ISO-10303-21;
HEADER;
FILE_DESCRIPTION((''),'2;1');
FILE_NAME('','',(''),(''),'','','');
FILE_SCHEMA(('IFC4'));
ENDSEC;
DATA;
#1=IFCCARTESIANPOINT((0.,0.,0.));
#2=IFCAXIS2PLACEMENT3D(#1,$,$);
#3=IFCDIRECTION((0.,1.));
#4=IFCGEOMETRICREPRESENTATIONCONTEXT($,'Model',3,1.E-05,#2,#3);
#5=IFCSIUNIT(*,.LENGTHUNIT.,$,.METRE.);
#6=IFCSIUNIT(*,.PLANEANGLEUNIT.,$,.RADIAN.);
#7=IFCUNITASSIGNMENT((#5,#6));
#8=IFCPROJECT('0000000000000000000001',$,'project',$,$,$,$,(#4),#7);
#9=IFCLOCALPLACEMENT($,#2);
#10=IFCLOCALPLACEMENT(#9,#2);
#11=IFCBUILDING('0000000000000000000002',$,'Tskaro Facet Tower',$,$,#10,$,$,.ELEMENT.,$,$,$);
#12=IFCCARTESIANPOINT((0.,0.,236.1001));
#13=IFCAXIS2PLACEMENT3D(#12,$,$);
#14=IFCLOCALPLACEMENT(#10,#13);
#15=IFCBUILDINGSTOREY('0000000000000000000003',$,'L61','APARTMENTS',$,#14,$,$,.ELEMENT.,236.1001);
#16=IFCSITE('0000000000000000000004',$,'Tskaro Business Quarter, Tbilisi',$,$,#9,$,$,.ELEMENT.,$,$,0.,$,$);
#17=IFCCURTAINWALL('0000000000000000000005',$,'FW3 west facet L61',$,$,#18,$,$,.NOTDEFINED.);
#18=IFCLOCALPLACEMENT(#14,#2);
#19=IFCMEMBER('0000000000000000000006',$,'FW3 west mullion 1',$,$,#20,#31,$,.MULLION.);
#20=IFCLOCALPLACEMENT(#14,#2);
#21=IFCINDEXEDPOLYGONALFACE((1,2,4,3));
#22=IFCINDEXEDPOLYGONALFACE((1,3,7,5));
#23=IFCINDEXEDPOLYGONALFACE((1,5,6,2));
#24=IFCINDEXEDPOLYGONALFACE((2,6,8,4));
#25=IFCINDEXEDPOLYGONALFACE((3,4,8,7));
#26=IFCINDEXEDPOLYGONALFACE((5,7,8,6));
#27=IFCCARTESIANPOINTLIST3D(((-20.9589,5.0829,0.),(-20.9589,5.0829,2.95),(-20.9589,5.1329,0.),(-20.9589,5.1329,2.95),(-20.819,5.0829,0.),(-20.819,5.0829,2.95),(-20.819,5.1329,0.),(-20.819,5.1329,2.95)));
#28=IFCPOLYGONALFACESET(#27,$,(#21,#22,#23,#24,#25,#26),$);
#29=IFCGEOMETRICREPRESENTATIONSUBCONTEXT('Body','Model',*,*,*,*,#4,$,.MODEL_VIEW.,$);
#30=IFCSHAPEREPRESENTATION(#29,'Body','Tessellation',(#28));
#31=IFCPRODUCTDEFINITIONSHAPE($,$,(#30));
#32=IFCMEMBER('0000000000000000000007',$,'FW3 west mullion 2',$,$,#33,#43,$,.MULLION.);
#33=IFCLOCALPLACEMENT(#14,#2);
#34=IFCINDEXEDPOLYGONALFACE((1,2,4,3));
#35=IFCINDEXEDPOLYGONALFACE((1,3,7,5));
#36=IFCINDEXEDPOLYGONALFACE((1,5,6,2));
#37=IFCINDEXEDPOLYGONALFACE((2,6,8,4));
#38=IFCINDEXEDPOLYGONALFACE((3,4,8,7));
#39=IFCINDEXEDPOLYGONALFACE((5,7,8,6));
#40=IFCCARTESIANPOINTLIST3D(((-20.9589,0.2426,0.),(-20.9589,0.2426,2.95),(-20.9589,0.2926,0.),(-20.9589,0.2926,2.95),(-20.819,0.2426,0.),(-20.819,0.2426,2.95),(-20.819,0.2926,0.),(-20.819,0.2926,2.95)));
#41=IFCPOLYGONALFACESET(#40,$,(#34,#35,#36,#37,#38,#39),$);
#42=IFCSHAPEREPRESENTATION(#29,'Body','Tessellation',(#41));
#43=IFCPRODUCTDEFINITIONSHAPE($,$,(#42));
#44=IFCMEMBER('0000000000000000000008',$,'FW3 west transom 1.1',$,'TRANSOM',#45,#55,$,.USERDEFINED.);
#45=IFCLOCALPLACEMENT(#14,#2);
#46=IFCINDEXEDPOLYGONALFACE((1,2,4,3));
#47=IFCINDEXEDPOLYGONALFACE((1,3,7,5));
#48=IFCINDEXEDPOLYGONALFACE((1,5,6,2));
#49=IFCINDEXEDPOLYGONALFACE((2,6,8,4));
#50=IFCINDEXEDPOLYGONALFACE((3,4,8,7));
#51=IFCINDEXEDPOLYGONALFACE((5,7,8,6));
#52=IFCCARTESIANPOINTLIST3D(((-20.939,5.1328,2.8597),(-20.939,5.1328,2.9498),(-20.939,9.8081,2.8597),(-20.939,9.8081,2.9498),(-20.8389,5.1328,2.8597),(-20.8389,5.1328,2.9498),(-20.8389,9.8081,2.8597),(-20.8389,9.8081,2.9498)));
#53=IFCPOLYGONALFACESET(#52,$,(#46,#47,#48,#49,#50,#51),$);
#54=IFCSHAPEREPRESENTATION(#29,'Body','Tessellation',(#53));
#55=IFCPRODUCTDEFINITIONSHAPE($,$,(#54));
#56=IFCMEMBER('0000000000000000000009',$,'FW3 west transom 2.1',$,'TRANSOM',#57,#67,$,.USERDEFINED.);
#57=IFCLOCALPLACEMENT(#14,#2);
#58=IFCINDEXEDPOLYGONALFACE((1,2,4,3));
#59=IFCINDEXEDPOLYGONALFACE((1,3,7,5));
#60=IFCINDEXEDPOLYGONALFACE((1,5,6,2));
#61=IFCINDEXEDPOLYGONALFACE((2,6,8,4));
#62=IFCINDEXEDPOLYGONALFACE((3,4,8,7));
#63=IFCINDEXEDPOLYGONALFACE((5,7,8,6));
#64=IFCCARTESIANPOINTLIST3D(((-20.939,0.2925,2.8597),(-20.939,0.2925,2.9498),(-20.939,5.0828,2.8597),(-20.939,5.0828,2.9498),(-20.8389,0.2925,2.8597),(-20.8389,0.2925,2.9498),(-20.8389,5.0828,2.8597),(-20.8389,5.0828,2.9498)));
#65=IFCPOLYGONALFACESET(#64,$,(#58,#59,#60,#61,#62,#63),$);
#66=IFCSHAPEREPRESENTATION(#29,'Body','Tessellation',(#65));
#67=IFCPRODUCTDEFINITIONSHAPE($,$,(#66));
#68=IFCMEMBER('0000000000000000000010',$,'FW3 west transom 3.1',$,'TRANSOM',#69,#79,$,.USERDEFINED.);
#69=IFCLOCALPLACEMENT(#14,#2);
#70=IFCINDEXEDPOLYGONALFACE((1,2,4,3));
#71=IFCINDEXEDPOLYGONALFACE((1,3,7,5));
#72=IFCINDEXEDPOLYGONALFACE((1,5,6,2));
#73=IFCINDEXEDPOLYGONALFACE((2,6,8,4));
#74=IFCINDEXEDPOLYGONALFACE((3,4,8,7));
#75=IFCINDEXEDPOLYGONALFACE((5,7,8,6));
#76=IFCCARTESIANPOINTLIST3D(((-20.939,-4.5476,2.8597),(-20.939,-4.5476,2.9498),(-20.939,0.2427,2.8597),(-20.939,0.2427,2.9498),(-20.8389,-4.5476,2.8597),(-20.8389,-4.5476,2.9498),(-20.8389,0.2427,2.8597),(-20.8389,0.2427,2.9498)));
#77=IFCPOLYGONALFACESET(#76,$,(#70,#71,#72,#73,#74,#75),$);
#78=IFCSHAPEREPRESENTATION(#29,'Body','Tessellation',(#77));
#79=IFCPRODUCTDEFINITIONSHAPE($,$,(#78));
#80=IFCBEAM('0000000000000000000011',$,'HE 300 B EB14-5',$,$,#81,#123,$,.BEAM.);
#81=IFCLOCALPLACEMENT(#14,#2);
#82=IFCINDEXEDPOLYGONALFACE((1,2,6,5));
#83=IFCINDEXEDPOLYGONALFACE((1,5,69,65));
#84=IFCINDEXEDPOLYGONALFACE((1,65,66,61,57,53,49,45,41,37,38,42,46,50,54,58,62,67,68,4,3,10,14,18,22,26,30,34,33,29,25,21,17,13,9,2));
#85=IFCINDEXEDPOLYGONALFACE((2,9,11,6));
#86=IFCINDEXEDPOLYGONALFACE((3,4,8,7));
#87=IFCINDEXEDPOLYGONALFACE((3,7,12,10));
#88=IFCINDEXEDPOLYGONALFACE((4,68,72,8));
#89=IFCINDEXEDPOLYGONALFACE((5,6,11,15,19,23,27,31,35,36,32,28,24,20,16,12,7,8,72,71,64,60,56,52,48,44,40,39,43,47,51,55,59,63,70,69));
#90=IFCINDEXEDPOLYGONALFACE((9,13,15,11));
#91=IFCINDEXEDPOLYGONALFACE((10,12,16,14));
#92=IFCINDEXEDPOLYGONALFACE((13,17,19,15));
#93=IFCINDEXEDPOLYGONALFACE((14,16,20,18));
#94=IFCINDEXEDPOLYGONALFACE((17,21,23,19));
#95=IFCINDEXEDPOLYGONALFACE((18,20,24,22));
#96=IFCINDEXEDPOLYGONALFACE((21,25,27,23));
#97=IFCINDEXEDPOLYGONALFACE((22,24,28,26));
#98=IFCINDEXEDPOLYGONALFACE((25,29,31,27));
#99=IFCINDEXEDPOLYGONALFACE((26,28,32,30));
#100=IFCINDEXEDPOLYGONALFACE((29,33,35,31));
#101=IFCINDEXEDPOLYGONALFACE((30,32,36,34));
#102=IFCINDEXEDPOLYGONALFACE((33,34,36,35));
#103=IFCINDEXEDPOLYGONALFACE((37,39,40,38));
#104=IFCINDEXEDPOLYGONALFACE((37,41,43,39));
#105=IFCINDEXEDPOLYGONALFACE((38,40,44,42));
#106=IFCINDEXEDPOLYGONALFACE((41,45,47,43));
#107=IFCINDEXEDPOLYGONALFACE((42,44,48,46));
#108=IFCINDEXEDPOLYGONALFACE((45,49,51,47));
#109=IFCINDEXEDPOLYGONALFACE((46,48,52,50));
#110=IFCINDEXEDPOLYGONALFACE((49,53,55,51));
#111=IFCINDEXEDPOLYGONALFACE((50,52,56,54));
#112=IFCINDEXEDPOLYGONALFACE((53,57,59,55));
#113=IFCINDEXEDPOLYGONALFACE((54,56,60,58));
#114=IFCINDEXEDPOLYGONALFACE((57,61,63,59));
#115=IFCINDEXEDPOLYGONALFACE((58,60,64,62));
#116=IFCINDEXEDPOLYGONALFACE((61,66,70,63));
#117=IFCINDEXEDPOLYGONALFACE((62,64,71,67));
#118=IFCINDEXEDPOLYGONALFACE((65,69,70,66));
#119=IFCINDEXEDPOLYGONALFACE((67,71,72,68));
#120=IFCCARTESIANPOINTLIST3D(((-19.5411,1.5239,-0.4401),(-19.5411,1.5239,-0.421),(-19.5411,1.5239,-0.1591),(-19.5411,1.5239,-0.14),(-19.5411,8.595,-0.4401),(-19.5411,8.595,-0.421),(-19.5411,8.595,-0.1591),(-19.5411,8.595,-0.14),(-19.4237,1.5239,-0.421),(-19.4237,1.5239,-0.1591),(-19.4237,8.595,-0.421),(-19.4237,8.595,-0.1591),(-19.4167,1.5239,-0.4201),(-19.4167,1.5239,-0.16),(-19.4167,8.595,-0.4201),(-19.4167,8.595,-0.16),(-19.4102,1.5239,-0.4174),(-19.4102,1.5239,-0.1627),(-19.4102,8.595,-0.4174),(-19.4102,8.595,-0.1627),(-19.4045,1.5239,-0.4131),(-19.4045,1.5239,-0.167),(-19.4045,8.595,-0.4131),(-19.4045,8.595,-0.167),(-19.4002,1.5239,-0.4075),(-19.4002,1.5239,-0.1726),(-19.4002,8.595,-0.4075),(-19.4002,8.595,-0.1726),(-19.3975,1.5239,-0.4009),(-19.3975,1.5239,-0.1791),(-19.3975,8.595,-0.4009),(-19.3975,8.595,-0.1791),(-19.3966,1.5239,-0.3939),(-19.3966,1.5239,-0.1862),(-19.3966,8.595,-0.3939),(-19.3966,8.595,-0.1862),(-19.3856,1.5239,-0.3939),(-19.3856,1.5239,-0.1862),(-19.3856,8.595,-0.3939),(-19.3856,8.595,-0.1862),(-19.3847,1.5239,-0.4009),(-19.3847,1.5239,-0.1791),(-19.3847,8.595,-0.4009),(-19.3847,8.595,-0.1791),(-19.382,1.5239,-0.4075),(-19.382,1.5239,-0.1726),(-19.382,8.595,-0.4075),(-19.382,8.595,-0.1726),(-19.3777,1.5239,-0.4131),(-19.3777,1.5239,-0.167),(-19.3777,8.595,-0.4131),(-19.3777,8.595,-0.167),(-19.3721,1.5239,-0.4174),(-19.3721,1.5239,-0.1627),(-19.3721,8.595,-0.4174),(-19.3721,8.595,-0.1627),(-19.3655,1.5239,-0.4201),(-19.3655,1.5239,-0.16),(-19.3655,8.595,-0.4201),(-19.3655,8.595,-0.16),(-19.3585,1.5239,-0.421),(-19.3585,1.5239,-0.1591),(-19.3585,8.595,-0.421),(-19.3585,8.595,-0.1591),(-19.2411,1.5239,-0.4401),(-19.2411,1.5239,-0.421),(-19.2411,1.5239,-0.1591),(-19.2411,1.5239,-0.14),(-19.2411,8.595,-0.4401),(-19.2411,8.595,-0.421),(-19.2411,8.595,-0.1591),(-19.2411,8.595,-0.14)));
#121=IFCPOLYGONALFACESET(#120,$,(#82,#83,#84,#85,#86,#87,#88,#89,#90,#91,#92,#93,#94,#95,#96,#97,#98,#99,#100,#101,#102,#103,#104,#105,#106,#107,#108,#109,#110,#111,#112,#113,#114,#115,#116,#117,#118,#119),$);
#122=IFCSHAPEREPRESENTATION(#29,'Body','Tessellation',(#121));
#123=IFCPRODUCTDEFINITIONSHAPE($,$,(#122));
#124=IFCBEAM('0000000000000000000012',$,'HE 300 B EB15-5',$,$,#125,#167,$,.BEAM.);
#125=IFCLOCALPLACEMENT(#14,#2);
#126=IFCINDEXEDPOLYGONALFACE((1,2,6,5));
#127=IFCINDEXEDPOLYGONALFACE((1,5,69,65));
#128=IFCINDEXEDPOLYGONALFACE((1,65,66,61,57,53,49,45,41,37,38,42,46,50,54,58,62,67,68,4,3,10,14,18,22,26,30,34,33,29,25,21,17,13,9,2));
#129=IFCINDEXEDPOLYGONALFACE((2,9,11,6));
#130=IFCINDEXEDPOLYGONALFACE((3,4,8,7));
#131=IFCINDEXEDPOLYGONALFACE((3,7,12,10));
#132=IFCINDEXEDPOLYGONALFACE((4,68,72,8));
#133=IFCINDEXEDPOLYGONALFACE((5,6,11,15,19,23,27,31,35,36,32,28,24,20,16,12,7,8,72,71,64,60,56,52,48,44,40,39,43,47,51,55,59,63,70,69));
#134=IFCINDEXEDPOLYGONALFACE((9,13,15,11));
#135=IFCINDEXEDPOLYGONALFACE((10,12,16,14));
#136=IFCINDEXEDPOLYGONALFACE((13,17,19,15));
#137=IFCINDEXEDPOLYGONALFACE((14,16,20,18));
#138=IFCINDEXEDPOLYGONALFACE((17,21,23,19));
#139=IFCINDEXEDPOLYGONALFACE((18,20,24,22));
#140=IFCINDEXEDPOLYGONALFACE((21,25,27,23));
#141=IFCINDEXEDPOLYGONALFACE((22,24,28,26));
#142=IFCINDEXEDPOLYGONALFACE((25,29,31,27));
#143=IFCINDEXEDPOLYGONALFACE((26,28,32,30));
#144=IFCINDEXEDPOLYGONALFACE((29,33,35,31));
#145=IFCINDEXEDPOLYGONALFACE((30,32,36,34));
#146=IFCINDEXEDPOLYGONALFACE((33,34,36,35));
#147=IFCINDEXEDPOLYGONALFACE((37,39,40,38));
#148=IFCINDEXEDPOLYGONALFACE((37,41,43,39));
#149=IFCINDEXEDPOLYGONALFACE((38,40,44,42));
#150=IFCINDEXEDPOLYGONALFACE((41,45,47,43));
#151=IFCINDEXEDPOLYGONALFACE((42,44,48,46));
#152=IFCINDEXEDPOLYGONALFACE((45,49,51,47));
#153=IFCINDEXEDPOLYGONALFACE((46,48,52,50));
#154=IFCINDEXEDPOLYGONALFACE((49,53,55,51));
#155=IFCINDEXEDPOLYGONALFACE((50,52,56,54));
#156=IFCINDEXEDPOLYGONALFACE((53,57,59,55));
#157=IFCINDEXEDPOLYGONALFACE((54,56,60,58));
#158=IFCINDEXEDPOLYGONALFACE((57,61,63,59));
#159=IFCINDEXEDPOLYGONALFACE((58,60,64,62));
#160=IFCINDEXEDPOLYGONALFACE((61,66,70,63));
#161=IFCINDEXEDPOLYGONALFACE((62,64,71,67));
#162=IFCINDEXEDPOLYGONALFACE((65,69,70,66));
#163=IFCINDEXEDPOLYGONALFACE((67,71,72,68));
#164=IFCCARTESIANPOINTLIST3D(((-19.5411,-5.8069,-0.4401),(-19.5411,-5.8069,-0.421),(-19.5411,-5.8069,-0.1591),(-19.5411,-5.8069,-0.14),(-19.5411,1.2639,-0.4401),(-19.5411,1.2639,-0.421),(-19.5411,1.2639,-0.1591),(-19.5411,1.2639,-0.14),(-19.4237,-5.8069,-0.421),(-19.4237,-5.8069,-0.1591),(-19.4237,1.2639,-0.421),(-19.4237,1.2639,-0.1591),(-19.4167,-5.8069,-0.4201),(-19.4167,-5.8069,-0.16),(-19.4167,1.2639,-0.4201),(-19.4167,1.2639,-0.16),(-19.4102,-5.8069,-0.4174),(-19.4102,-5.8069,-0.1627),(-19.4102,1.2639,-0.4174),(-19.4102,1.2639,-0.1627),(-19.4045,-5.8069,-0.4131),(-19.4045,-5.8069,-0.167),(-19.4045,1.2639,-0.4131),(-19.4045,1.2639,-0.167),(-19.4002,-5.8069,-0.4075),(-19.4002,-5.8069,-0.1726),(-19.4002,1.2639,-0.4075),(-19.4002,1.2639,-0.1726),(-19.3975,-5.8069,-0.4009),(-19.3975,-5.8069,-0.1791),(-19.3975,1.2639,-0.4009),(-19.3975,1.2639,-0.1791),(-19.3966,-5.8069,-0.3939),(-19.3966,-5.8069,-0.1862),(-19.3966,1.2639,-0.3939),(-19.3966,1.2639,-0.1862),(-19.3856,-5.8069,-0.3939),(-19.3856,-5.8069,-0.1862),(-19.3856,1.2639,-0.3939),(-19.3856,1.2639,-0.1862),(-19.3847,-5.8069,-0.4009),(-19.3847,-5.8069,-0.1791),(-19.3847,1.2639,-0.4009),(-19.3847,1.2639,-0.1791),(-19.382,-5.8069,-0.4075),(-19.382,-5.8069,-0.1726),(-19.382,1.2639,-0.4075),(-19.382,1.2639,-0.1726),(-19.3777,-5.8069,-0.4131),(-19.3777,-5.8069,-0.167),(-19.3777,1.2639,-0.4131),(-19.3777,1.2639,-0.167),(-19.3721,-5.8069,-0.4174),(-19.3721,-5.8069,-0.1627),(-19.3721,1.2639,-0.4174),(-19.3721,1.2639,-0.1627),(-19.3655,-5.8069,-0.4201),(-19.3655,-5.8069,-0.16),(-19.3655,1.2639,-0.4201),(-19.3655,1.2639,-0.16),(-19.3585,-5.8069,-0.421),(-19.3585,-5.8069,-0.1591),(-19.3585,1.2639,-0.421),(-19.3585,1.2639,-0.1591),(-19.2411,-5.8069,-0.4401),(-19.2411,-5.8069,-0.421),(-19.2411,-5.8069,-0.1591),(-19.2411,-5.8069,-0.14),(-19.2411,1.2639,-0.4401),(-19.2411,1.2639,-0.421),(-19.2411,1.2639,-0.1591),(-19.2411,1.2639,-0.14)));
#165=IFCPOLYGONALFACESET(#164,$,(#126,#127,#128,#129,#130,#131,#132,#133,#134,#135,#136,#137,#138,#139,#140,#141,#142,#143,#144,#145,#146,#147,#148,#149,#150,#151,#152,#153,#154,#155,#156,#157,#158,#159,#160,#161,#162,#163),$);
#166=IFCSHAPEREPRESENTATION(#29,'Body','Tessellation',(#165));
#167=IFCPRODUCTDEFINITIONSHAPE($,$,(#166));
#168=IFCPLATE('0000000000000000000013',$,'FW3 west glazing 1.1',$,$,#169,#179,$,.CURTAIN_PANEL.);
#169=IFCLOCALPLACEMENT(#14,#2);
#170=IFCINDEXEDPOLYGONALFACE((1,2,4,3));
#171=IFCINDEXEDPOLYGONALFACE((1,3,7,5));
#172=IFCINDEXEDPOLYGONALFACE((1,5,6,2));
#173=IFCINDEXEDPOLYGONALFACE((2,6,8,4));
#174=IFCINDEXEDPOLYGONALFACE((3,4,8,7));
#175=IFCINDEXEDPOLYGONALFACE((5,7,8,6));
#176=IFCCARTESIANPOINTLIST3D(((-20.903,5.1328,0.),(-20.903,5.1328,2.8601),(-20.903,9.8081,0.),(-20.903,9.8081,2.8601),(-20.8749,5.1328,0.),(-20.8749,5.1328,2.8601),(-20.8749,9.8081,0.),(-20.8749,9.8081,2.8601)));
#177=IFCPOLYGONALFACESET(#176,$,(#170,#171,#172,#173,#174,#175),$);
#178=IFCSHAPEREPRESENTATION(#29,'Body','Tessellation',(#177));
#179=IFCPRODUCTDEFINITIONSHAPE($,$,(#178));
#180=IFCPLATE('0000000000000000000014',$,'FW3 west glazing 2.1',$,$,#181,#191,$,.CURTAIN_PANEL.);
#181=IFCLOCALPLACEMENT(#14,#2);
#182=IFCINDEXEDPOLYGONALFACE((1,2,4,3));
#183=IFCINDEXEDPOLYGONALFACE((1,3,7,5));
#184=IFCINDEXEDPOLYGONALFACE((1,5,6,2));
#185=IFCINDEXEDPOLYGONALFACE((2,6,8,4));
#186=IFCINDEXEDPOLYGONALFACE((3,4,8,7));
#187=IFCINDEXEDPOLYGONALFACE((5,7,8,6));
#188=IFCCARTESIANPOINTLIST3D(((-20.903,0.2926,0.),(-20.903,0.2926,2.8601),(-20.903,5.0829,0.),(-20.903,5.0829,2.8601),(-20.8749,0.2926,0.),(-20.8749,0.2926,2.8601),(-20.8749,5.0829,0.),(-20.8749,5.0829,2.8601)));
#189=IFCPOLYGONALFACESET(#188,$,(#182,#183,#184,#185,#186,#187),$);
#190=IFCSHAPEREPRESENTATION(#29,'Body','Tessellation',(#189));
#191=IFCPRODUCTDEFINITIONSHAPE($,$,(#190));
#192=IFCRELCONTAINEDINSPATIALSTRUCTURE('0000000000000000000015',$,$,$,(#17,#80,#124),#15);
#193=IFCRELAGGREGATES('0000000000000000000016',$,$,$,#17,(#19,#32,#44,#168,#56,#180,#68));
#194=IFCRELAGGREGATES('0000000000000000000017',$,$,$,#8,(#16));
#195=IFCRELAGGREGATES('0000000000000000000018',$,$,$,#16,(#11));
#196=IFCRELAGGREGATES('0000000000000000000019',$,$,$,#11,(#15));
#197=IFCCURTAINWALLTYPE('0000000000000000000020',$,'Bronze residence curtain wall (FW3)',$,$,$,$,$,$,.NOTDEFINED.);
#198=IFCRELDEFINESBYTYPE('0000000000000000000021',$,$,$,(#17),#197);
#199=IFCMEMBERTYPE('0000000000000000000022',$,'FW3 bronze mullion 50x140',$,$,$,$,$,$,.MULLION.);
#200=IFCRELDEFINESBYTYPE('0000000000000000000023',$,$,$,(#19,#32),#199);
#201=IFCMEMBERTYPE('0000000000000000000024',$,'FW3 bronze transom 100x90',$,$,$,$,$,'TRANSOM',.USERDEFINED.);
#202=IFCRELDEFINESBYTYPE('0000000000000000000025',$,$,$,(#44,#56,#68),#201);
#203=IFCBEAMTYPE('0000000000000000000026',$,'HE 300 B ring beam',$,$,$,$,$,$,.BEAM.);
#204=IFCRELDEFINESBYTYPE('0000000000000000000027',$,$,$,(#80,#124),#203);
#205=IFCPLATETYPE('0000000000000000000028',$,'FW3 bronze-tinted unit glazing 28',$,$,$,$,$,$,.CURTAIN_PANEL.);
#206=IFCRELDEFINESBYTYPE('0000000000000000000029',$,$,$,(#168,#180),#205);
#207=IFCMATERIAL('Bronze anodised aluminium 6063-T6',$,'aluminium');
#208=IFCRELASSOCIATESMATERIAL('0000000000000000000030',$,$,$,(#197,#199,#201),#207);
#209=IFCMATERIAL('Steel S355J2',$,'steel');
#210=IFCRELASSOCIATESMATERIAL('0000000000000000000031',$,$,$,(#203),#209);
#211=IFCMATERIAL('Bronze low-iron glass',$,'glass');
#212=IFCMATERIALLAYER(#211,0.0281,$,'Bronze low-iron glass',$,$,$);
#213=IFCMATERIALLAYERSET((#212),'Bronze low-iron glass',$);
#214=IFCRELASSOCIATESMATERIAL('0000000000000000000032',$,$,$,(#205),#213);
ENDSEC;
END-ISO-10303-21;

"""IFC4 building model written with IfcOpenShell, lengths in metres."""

from ifc_helpers import new_model, si_unit, direction, frame, origin, origin_2d, place, context, subcontext, project, spatial, rectangle, i_section, extrude, material, layer, layer_set, material_profile, profile_set, type_object, element, aggregate, save


model = new_model("IFC4")

# Units and contexts
model_context = context("Model", 3, precision=1e-05, world=origin(), true_north=direction((0.0, 1.0)))
body_context = subcontext(model_context, "Body", "Model", "MODEL_VIEW")
ifc_project = project(units=[si_unit("LENGTHUNIT", "METRE"), si_unit("PLANEANGLEUNIT", "RADIAN")], contexts=[model_context])

# Site, building, storey
site_placement = place(None, origin())
site = spatial("IfcSite", under=ifc_project, at=site_placement, Name="Tskaro Business Quarter, Tbilisi", CompositionType="ELEMENT", RefElevation=0.0)
building_placement = place(site_placement, origin())
building = spatial("IfcBuilding", under=site, at=building_placement, Name="Tskaro Facet Tower", CompositionType="ELEMENT")
storey_placement = place(building_placement, frame((0.0, 0.0, 236.1001)))
storey = spatial("IfcBuildingStorey", under=building, at=storey_placement, Name="L61", Description="APARTMENTS", CompositionType="ELEMENT", Elevation=236.1001)

# Curtain wall, members
ifc_material_1 = material(Name="Bronze anodised aluminium 6063-T6", Category="aluminium")
curtain_wall_type = type_object("IfcCurtainWallType", Name="Bronze residence curtain wall (FW3)", PredefinedType="NOTDEFINED", material=ifc_material_1)
curtain_wall_placement = place(storey_placement, origin())
curtain_wall = element("IfcCurtainWall", 1, at=curtain_wall_placement, inside=storey, type_object=curtain_wall_type, Name="FW3 west facet L61", PredefinedType="NOTDEFINED")
ifc_material_profile_1 = material_profile(ifc_material_1, rectangle(XDim=0.05, YDim=0.1399, at=origin_2d()), Name="Mullion 50x140")
ifc_profile_set_1 = profile_set([ifc_material_profile_1], Name="Bronze anodised aluminium 6063-T6")
member_type_1 = type_object("IfcMemberType", Name="FW3 bronze mullion 50x140", PredefinedType="MULLION", material=ifc_profile_set_1)
member_1_placement = place(storey_placement, frame((-20.8889, 5.1079, 0.0), z_axis=(0.0, 0.0, 1.0), x_axis=(0.0, -1.0, 0.0)))
member_1 = element("IfcMember", 2, at=member_1_placement, type_object=member_type_1, Name="FW3 west mullion 1", PredefinedType="MULLION", context=body_context, shape_type="SweptSolid", body=[
    extrude(rectangle(XDim=0.05, YDim=0.1399, at=origin_2d()), origin(), (0.0, 0.0, 1.0), 2.95),
])
member_2_placement = place(storey_placement, frame((-20.8889, 0.2676, 0.0), z_axis=(0.0, 0.0, 1.0), x_axis=(0.0, -1.0, 0.0)))
member_2 = element("IfcMember", 3, at=member_2_placement, type_object=member_type_1, Name="FW3 west mullion 2", PredefinedType="MULLION", context=body_context, shape_type="SweptSolid", body=[
    extrude(rectangle(XDim=0.05, YDim=0.1399, at=origin_2d()), origin(), (0.0, 0.0, 1.0), 2.95),
])
ifc_material_profile_2 = material_profile(ifc_material_1, rectangle(XDim=0.1001, YDim=0.0901, at=origin_2d()), Name="Transom 100x90")
ifc_profile_set_2 = profile_set([ifc_material_profile_2], Name="Bronze anodised aluminium 6063-T6")
member_type_2 = type_object("IfcMemberType", Name="FW3 bronze transom 100x90", ElementType="TRANSOM", PredefinedType="USERDEFINED", material=ifc_profile_set_2)
member_3_placement = place(storey_placement, frame((-20.8889, 9.8081, 2.9048), z_axis=(0.0, -1.0, 0.0), x_axis=(1.0, 0.0, 0.0)))
member_3 = element("IfcMember", 4, at=member_3_placement, type_object=member_type_2, Name="FW3 west transom 1.1", ObjectType="TRANSOM", PredefinedType="USERDEFINED", context=body_context, shape_type="SweptSolid", body=[
    extrude(rectangle(XDim=0.1001, YDim=0.0901, at=origin_2d()), origin(), (0.0, 0.0, 1.0), 4.6753),
])
member_4_placement = place(storey_placement, frame((-20.8889, 5.0828, 2.9048), z_axis=(0.0, -1.0, 0.0), x_axis=(1.0, 0.0, 0.0)))
member_4 = element("IfcMember", 5, at=member_4_placement, type_object=member_type_2, Name="FW3 west transom 2.1", ObjectType="TRANSOM", PredefinedType="USERDEFINED", context=body_context, shape_type="SweptSolid", body=[
    extrude(rectangle(XDim=0.1001, YDim=0.0901, at=origin_2d()), origin(), (0.0, 0.0, 1.0), 4.7903),
])
member_5_placement = place(storey_placement, frame((-20.8889, 0.2427, 2.9048), z_axis=(0.0, -1.0, 0.0), x_axis=(1.0, 0.0, 0.0)))
member_5 = element("IfcMember", 6, at=member_5_placement, type_object=member_type_2, Name="FW3 west transom 3.1", ObjectType="TRANSOM", PredefinedType="USERDEFINED", context=body_context, shape_type="SweptSolid", body=[
    extrude(rectangle(XDim=0.1001, YDim=0.0901, at=origin_2d()), origin(), (0.0, 0.0, 1.0), 4.7903),
])

# Beams
ifc_material_2 = material(Name="Steel S355J2", Category="steel")
ifc_material_profile_3 = material_profile(ifc_material_2, i_section(OverallWidth=0.3, OverallDepth=0.3, WebThickness=0.011, FlangeThickness=0.019, FilletRadius=0.0271, at=origin_2d()), Name="HE 300 B")
ifc_profile_set_3 = profile_set([ifc_material_profile_3], Name="Steel S355J2")
beam_type = type_object("IfcBeamType", Name="HE 300 B ring beam", PredefinedType="BEAM", material=ifc_profile_set_3)
beam_1_placement = place(storey_placement, frame((-19.3911, 8.595, -0.29), z_axis=(0.0, -1.0, 0.0), x_axis=(1.0, 0.0, 0.0)))
element("IfcBeam", 7, at=beam_1_placement, inside=storey, type_object=beam_type, Name="HE 300 B EB14-5", PredefinedType="BEAM", context=body_context, shape_type="SweptSolid", body=[
    extrude(i_section(OverallWidth=0.3, OverallDepth=0.3, WebThickness=0.011, FlangeThickness=0.019, FilletRadius=0.0271, at=origin_2d()), origin(), (0.0, 0.0, 1.0), 7.071),
])
beam_2_placement = place(storey_placement, frame((-19.3911, 1.2639, -0.29), z_axis=(0.0, -1.0, 0.0), x_axis=(1.0, 0.0, 0.0)))
element("IfcBeam", 8, at=beam_2_placement, inside=storey, type_object=beam_type, Name="HE 300 B EB15-5", PredefinedType="BEAM", context=body_context, shape_type="SweptSolid", body=[
    extrude(i_section(OverallWidth=0.3, OverallDepth=0.3, WebThickness=0.011, FlangeThickness=0.019, FilletRadius=0.0271, at=origin_2d()), origin(), (0.0, 0.0, 1.0), 7.0708),
])

# Plates
ifc_material_3 = material(Name="Bronze low-iron glass", Category="glass")
ifc_layer_1 = layer(ifc_material_3, 0.0281, Name="Bronze low-iron glass")
ifc_layer_set_1 = layer_set([ifc_layer_1], Name="Bronze low-iron glass")
plate_type = type_object("IfcPlateType", Name="FW3 bronze-tinted unit glazing 28", PredefinedType="CURTAIN_PANEL", material=ifc_layer_set_1)
plate_1_placement = place(storey_placement, frame((-20.8889, 7.4705, 0.0), z_axis=(0.0, 0.0, 1.0), x_axis=(0.0, -1.0, 0.0)))
plate_1 = element("IfcPlate", 9, at=plate_1_placement, type_object=plate_type, Name="FW3 west glazing 1.1", PredefinedType="CURTAIN_PANEL", context=body_context, shape_type="SweptSolid", body=[
    extrude(rectangle(XDim=4.6753, YDim=0.0281, at=origin_2d()), origin(), (0.0, 0.0, 1.0), 2.8601),
])
plate_2_placement = place(storey_placement, frame((-20.8889, 2.6877, 0.0), z_axis=(0.0, 0.0, 1.0), x_axis=(0.0, -1.0, 0.0)))
plate_2 = element("IfcPlate", 10, at=plate_2_placement, type_object=plate_type, Name="FW3 west glazing 2.1", PredefinedType="CURTAIN_PANEL", context=body_context, shape_type="SweptSolid", body=[
    extrude(rectangle(XDim=4.7903, YDim=0.0281, at=origin_2d()), origin(), (0.0, 0.0, 1.0), 2.8601),
])
aggregate(curtain_wall, [member_1, member_2, member_3, plate_1, member_4, plate_2, member_5])

save(model, "model.ifc")
